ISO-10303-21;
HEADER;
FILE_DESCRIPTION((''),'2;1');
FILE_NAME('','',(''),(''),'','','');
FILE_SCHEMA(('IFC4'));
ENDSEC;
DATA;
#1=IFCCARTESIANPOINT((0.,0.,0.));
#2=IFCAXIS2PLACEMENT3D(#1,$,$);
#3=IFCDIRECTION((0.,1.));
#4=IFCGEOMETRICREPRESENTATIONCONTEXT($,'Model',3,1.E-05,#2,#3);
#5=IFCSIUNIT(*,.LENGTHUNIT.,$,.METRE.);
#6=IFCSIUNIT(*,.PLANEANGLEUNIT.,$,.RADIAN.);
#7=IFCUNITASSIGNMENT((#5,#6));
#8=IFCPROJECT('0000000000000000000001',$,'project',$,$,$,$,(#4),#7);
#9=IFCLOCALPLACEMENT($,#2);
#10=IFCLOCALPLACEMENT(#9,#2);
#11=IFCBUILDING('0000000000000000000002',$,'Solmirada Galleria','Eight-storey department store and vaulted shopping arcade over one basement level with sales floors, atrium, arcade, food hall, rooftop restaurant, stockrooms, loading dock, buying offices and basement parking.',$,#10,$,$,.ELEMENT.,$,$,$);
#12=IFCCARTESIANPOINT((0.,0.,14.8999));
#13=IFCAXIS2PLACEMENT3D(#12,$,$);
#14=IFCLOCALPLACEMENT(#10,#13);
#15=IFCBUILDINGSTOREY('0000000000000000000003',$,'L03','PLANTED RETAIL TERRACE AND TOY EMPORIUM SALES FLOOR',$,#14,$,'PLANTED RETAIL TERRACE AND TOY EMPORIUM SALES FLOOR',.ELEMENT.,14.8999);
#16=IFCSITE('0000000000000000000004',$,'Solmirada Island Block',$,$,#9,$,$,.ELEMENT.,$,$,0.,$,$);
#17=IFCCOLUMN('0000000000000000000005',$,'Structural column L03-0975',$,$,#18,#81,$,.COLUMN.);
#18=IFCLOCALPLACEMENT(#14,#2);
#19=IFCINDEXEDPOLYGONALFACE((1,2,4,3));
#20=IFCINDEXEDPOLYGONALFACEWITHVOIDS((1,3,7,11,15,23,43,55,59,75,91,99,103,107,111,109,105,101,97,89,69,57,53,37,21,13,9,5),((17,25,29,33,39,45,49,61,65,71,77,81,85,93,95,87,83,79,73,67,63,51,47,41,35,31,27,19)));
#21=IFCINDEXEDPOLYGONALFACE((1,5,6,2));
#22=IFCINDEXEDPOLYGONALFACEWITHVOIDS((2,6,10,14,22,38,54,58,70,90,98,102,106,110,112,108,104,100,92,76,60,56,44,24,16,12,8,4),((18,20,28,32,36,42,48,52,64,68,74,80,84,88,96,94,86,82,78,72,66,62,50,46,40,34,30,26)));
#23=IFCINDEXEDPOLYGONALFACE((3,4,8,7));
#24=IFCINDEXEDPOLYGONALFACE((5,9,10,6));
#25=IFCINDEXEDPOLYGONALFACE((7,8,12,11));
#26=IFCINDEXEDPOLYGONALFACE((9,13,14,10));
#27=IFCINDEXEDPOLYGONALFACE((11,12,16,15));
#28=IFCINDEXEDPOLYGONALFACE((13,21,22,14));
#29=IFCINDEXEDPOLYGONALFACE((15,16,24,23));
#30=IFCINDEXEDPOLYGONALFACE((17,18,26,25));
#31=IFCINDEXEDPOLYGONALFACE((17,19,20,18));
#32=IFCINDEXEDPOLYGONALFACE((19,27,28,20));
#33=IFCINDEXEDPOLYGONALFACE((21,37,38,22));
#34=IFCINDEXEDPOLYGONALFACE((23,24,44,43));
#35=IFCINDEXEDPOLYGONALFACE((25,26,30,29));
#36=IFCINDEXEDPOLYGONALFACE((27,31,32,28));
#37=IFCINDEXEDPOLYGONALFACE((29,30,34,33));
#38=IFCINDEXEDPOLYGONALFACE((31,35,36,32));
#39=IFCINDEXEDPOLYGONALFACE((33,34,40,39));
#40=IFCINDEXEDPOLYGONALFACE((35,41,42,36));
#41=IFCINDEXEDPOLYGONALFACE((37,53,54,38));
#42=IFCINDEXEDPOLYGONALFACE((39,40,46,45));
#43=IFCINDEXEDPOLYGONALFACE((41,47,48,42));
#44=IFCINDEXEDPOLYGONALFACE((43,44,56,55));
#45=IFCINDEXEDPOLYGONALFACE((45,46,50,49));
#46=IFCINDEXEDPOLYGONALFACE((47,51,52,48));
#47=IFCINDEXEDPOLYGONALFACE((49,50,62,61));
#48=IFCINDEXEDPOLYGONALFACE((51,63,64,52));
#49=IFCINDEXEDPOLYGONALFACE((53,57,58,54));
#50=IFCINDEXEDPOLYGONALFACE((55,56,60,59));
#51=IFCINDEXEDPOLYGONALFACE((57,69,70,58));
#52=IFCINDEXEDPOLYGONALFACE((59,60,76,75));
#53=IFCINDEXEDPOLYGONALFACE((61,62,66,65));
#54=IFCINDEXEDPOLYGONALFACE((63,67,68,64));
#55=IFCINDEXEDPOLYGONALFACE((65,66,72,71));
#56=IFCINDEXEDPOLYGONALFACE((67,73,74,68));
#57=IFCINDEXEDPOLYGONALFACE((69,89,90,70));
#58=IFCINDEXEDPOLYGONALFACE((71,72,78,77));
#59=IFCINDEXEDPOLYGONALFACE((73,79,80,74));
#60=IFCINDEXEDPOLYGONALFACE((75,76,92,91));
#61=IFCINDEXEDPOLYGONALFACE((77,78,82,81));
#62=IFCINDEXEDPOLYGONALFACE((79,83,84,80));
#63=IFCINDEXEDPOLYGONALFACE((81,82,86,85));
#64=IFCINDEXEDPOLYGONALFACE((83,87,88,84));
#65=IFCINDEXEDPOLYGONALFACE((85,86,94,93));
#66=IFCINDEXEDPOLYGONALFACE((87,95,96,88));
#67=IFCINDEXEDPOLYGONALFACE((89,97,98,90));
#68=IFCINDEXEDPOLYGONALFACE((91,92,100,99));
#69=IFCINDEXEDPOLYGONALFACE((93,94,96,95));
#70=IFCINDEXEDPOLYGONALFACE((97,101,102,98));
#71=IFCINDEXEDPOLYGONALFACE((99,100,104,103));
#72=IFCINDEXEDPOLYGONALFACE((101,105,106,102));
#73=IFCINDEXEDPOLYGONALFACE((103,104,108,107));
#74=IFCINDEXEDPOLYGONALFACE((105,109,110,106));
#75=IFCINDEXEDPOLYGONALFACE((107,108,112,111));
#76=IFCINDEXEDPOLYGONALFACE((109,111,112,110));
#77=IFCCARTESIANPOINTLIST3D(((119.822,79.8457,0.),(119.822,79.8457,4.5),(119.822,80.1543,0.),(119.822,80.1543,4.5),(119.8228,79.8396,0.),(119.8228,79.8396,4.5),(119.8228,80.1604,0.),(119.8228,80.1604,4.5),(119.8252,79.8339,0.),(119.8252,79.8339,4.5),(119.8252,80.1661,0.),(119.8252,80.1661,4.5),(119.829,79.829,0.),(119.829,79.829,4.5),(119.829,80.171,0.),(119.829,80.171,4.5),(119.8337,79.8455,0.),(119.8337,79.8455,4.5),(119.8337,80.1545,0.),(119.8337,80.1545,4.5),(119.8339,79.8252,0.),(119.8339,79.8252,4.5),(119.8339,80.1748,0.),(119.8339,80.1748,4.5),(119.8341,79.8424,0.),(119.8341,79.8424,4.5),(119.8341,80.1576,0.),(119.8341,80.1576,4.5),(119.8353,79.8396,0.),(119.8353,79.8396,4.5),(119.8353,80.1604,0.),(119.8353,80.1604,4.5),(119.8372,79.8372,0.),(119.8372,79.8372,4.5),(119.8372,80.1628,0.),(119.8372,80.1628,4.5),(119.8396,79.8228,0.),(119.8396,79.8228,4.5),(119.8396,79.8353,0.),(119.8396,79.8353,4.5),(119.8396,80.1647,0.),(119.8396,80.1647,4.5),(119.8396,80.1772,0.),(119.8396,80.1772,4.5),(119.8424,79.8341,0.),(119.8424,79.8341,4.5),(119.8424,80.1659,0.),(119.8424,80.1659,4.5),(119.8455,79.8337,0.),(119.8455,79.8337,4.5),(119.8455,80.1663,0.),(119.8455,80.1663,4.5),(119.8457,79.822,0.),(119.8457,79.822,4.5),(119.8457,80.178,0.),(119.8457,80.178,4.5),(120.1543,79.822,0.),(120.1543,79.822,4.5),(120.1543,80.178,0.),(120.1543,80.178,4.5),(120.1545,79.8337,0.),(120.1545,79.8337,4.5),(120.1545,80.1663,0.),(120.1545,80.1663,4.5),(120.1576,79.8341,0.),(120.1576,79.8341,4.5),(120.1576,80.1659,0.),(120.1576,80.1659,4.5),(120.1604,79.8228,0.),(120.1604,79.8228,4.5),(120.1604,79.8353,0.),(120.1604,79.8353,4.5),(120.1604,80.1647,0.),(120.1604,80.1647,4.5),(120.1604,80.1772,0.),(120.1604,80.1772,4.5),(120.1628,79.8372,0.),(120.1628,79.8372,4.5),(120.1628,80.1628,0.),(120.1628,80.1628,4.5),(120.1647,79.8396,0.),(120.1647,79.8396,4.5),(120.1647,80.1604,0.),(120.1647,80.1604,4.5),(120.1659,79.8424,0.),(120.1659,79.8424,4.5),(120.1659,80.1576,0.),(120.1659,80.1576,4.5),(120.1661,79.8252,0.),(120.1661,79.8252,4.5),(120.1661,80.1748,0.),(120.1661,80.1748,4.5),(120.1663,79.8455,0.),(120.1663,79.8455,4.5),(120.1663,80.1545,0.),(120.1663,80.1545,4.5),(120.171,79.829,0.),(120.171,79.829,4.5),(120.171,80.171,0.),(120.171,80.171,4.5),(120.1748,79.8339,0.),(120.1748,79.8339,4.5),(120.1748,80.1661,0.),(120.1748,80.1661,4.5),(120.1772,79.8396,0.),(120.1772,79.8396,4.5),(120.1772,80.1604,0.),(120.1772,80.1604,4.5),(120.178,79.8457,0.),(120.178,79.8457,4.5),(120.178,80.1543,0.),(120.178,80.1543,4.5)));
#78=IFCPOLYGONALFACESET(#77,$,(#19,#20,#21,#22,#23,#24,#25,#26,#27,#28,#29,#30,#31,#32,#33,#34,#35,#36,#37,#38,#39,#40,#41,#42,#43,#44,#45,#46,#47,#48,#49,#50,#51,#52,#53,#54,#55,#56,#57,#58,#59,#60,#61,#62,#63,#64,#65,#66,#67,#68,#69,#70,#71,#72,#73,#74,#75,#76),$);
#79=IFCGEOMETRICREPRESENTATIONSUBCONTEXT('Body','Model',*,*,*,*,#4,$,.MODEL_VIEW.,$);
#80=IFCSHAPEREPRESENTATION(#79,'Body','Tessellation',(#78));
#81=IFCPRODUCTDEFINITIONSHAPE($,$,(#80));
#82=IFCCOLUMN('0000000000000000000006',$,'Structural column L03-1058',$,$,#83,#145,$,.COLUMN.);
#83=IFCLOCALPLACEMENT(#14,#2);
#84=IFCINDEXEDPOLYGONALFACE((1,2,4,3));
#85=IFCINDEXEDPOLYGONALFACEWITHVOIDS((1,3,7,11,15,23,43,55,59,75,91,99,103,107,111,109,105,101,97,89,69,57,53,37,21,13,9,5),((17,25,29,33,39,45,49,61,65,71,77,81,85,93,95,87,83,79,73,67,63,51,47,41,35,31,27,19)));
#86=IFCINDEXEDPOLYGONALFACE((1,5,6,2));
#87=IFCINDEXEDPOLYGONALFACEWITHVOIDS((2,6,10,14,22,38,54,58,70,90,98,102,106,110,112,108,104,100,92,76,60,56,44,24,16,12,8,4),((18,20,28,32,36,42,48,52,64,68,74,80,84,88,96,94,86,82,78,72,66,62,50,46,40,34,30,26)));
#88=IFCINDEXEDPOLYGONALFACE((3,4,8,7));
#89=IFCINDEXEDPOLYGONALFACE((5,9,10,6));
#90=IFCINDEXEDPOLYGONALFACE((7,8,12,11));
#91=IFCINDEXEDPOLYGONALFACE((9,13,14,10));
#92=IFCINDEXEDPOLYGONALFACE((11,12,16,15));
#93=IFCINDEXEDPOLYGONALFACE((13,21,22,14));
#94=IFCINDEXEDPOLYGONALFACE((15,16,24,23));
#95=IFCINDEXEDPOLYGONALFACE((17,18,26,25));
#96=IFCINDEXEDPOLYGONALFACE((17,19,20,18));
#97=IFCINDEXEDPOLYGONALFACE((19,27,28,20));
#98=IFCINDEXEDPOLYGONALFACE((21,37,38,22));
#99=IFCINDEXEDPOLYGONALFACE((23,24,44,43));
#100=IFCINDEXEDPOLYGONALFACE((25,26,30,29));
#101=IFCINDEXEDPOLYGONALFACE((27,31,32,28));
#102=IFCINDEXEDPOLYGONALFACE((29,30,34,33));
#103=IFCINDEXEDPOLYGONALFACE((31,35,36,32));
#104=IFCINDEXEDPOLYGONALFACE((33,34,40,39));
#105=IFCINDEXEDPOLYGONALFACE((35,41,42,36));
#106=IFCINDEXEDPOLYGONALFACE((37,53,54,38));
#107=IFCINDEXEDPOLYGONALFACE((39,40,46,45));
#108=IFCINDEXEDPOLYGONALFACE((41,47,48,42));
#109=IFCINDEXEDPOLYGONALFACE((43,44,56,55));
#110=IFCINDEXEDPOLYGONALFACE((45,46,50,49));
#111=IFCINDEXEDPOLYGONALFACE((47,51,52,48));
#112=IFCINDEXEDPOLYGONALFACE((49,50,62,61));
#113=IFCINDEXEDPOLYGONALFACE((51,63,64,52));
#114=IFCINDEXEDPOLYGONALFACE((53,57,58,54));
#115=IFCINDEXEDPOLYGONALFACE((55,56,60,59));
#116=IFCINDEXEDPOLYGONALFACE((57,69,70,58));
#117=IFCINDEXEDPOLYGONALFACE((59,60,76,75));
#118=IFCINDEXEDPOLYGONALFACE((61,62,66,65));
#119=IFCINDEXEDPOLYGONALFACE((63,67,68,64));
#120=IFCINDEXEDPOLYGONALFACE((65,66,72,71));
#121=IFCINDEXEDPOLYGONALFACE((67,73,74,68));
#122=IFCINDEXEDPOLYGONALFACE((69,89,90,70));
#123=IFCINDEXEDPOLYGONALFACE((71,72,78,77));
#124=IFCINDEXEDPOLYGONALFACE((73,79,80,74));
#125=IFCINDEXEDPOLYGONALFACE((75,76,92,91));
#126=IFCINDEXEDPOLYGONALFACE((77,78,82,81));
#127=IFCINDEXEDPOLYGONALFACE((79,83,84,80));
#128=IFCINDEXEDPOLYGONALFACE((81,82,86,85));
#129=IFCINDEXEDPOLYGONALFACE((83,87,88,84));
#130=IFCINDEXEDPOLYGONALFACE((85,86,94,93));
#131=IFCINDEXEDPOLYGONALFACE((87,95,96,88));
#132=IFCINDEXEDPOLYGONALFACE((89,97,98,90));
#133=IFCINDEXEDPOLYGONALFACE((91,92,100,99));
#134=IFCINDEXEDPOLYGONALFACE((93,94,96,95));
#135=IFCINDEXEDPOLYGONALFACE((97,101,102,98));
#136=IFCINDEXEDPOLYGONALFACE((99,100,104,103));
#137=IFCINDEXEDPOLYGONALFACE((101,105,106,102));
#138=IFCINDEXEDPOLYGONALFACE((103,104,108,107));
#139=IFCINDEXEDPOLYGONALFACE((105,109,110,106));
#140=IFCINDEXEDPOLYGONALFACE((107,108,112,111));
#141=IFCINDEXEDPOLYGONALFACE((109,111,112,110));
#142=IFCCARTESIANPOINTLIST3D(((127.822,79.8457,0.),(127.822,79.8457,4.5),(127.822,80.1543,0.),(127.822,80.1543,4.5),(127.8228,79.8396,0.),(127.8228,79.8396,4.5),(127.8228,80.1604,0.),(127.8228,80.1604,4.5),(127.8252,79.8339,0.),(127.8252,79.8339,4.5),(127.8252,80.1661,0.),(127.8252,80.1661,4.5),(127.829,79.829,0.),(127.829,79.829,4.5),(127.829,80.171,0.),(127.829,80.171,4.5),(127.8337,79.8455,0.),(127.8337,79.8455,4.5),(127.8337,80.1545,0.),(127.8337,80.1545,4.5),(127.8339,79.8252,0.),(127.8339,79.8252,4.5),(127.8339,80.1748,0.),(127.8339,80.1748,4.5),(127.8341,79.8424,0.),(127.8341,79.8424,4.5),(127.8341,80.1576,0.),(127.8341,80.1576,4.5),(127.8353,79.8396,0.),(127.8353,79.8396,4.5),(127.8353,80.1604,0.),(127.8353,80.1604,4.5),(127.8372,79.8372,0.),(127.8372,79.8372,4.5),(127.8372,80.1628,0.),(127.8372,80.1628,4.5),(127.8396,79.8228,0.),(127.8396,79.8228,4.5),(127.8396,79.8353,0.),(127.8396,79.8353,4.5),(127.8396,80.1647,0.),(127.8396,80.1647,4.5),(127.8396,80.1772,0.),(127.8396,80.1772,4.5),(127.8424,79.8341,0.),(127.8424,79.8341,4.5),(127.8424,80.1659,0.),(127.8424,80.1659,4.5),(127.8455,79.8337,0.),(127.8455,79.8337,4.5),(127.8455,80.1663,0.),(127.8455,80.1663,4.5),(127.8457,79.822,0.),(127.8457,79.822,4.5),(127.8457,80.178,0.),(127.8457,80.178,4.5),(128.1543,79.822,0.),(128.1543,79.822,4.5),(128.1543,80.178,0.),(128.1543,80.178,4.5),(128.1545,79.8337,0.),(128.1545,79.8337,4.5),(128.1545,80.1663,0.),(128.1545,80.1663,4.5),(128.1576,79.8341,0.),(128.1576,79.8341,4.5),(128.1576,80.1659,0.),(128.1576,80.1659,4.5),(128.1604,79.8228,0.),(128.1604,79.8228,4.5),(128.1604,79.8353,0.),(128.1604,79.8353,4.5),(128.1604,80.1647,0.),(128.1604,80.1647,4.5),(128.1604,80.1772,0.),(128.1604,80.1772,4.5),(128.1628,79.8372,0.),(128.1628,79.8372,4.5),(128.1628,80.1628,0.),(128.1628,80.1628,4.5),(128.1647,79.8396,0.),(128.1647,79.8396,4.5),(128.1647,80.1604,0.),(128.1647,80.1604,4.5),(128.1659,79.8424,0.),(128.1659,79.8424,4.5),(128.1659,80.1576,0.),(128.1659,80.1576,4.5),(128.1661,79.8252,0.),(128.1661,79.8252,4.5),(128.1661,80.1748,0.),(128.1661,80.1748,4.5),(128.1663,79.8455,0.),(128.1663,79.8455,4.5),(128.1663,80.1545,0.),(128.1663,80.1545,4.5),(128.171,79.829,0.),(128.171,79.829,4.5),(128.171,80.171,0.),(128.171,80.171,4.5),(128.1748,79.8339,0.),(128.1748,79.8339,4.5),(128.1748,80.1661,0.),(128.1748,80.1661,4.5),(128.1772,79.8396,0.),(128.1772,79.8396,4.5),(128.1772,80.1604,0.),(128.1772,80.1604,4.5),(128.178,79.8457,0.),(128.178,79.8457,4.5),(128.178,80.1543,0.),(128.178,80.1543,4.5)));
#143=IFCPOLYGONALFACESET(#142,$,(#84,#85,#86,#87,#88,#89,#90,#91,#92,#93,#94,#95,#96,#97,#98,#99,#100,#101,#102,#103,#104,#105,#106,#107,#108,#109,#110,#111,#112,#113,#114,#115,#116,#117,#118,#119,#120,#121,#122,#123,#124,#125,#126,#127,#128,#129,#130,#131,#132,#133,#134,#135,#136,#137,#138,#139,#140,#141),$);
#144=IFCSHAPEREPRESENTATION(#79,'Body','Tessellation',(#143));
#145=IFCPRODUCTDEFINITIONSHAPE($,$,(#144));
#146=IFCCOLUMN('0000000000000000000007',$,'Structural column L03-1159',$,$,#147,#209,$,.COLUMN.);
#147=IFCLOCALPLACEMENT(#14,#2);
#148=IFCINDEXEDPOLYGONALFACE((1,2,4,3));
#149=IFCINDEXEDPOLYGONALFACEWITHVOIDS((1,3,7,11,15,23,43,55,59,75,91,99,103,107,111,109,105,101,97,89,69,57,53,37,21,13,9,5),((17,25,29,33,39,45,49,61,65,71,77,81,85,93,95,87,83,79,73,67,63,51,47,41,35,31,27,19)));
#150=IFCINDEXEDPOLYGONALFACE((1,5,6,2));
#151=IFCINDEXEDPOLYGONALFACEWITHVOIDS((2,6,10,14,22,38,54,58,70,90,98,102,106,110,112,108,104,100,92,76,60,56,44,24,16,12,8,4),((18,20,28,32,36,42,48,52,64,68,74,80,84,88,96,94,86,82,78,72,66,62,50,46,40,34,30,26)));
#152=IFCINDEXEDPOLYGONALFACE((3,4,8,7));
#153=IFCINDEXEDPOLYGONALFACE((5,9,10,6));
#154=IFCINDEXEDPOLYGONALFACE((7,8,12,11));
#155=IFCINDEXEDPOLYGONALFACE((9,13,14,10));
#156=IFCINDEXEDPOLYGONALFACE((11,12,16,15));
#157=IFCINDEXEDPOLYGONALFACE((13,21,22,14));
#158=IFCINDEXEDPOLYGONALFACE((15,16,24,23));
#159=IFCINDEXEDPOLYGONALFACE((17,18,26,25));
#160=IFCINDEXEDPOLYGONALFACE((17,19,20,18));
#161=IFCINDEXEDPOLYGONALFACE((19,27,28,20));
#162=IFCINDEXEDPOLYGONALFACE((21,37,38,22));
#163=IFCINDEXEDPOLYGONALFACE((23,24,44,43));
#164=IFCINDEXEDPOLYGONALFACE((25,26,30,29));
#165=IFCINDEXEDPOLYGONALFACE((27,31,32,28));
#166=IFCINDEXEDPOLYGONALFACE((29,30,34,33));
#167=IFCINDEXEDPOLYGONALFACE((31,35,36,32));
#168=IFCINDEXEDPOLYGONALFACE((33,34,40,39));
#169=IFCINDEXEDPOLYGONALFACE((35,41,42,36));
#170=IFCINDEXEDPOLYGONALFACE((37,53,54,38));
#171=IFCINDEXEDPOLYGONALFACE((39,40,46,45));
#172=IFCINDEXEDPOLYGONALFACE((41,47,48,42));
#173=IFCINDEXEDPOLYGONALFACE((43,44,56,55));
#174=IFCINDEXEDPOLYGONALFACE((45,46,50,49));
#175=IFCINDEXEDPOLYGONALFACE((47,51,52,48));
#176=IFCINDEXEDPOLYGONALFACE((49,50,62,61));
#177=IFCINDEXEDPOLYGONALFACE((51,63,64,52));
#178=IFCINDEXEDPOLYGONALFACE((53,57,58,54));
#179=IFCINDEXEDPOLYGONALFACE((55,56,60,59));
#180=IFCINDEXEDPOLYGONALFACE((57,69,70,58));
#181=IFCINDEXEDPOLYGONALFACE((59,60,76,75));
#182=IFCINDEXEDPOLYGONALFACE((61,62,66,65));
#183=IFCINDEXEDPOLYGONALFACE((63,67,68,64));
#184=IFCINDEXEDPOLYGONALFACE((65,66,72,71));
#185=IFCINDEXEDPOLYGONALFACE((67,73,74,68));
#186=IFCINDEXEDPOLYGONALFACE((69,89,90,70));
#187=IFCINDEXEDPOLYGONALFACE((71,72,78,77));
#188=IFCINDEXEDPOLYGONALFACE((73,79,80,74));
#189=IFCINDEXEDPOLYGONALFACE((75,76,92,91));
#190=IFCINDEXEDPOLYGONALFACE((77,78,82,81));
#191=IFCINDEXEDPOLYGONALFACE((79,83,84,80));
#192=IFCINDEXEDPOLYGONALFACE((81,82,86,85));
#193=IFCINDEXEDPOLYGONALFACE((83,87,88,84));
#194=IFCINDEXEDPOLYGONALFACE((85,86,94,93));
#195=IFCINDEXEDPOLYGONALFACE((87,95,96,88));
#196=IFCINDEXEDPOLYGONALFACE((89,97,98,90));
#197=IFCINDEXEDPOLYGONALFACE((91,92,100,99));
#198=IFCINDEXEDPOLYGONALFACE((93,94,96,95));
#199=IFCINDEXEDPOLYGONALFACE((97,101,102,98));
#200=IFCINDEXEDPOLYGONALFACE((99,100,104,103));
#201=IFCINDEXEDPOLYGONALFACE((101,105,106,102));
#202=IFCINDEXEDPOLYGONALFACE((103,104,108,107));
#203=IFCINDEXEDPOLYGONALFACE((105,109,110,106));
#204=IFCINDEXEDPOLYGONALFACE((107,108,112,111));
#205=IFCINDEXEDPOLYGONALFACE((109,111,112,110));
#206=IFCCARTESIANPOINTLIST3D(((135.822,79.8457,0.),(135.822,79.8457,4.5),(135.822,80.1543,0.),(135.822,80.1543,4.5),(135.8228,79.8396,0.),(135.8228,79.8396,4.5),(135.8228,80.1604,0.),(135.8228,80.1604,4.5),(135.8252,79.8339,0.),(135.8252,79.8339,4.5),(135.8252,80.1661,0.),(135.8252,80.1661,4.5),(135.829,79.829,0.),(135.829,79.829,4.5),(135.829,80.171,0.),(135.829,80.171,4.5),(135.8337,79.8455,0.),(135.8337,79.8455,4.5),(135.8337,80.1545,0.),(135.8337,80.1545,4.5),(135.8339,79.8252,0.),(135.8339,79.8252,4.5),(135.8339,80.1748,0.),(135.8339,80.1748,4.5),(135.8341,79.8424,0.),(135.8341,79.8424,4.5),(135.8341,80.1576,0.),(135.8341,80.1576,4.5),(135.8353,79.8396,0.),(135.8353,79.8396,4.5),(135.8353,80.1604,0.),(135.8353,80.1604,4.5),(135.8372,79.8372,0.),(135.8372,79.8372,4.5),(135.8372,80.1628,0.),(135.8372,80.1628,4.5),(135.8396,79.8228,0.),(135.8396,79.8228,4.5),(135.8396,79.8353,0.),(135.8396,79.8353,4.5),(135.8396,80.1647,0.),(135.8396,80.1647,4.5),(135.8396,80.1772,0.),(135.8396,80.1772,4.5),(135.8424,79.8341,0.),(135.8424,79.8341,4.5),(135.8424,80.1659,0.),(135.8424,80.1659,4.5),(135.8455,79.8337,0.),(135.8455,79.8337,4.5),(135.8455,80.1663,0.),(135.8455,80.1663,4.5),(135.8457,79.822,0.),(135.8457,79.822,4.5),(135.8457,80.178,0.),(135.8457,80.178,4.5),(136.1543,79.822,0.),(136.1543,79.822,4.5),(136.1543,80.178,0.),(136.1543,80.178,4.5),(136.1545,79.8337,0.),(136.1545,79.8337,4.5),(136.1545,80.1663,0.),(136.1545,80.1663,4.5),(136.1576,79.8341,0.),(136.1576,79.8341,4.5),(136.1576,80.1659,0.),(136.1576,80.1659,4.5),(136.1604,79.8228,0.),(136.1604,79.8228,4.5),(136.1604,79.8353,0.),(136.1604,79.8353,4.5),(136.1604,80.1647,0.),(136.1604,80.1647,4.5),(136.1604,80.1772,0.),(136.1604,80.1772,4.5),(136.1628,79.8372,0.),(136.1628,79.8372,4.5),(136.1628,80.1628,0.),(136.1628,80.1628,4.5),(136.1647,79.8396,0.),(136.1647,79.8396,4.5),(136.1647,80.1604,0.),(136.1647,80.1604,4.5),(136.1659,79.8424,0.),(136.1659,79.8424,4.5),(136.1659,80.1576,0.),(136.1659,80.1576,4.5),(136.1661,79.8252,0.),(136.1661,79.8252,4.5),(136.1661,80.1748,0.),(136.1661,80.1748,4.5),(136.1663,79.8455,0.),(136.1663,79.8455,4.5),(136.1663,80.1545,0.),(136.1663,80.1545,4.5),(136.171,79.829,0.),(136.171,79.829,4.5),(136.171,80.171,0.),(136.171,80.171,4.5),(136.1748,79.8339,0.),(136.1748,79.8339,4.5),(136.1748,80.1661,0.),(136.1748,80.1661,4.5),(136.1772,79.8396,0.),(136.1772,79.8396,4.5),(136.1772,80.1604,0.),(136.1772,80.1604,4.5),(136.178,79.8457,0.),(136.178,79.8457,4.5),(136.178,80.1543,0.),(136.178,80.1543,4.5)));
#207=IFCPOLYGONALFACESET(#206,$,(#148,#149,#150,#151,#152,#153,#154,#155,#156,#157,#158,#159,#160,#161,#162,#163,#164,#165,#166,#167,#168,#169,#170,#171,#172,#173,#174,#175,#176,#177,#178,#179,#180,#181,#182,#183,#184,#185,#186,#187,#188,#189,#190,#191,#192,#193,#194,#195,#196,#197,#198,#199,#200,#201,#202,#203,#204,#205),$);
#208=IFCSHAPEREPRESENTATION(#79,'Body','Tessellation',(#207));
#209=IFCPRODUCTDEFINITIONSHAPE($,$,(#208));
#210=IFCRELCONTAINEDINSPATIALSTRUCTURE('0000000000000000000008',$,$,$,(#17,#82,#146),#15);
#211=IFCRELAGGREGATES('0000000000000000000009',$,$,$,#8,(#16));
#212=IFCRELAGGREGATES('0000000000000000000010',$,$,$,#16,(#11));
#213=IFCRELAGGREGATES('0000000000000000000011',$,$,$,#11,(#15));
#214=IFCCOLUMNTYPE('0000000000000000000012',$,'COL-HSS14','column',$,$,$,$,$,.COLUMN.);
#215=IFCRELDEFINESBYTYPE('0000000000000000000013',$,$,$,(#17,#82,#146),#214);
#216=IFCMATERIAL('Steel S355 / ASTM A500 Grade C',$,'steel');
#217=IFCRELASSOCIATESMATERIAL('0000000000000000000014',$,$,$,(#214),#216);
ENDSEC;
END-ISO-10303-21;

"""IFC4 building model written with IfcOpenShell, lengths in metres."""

from ifc_helpers import new_model, si_unit, direction, frame, origin, origin_2d, place, context, subcontext, project, spatial, hollow_rectangle, extrude, material, material_profile, profile_set, type_object, element, save


model = new_model("IFC4")

# Units and contexts
model_context = context("Model", 3, precision=1e-05, world=origin(), true_north=direction((0.0, 1.0)))
body_context = subcontext(model_context, "Body", "Model", "MODEL_VIEW")
ifc_project = project(units=[si_unit("LENGTHUNIT", "METRE"), si_unit("PLANEANGLEUNIT", "RADIAN")], contexts=[model_context])

# Site, building, storey
site_placement = place(None, origin())
site = spatial("IfcSite", under=ifc_project, at=site_placement, Name="Solmirada Island Block", CompositionType="ELEMENT", RefElevation=0.0)
building_placement = place(site_placement, origin())
building = spatial("IfcBuilding", under=site, at=building_placement, Name="Solmirada Galleria", Description="Eight-storey department store and vaulted shopping arcade over one basement level with sales floors, atrium, arcade, food hall, rooftop restaurant, stockrooms, loading dock, buying offices and basement parking.", CompositionType="ELEMENT")
storey_placement = place(building_placement, frame((0.0, 0.0, 14.8999)))
storey = spatial("IfcBuildingStorey", under=building, at=storey_placement, Name="L03", Description="PLANTED RETAIL TERRACE AND TOY EMPORIUM SALES FLOOR", LongName="PLANTED RETAIL TERRACE AND TOY EMPORIUM SALES FLOOR", CompositionType="ELEMENT", Elevation=14.8999)

# Columns
ifc_material_1 = material(Name="Steel S355 / ASTM A500 Grade C", Category="steel")
ifc_material_profile_1 = material_profile(ifc_material_1, hollow_rectangle(XDim=0.356, YDim=0.356, WallThickness=0.0117, InnerFilletRadius=0.0117, OuterFilletRadius=0.0237, at=origin_2d()), Name="HSS14X14X1/2")
ifc_profile_set_1 = profile_set([ifc_material_profile_1], Name="Steel S355 / ASTM A500 Grade C")
column_type_1 = type_object("IfcColumnType", Name="COL-HSS14", Description="column", PredefinedType="COLUMN", material=ifc_profile_set_1)
for number, where, z_axis, x_axis, name in (
    (1, (120.0, 80.0, 0.0), (0.0, 0.0, 1.0), (1.0, 0.0, 0.0), "Structural column L03-0975"),
    (2, (128.0, 80.0, 0.0), (0.0, 0.0, 1.0), (1.0, 0.0, 0.0), "Structural column L03-1058"),
    (3, (136.0, 80.0, 0.0), (0.0, 0.0, 1.0), (1.0, 0.0, 0.0), "Structural column L03-1159"),
):
    element("IfcColumn", number, at=place(storey_placement, frame(where, z_axis=z_axis, x_axis=x_axis)), inside=storey, type_object=column_type_1, Name=name, PredefinedType="COLUMN", context=body_context, shape_type="SweptSolid", body=[
        extrude(hollow_rectangle(XDim=0.356, YDim=0.356, WallThickness=0.0117, InnerFilletRadius=0.0117, OuterFilletRadius=0.0237, at=origin_2d()), origin(), (0.0, 0.0, 1.0), 4.5),
    ])

save(model, "model.ifc")
